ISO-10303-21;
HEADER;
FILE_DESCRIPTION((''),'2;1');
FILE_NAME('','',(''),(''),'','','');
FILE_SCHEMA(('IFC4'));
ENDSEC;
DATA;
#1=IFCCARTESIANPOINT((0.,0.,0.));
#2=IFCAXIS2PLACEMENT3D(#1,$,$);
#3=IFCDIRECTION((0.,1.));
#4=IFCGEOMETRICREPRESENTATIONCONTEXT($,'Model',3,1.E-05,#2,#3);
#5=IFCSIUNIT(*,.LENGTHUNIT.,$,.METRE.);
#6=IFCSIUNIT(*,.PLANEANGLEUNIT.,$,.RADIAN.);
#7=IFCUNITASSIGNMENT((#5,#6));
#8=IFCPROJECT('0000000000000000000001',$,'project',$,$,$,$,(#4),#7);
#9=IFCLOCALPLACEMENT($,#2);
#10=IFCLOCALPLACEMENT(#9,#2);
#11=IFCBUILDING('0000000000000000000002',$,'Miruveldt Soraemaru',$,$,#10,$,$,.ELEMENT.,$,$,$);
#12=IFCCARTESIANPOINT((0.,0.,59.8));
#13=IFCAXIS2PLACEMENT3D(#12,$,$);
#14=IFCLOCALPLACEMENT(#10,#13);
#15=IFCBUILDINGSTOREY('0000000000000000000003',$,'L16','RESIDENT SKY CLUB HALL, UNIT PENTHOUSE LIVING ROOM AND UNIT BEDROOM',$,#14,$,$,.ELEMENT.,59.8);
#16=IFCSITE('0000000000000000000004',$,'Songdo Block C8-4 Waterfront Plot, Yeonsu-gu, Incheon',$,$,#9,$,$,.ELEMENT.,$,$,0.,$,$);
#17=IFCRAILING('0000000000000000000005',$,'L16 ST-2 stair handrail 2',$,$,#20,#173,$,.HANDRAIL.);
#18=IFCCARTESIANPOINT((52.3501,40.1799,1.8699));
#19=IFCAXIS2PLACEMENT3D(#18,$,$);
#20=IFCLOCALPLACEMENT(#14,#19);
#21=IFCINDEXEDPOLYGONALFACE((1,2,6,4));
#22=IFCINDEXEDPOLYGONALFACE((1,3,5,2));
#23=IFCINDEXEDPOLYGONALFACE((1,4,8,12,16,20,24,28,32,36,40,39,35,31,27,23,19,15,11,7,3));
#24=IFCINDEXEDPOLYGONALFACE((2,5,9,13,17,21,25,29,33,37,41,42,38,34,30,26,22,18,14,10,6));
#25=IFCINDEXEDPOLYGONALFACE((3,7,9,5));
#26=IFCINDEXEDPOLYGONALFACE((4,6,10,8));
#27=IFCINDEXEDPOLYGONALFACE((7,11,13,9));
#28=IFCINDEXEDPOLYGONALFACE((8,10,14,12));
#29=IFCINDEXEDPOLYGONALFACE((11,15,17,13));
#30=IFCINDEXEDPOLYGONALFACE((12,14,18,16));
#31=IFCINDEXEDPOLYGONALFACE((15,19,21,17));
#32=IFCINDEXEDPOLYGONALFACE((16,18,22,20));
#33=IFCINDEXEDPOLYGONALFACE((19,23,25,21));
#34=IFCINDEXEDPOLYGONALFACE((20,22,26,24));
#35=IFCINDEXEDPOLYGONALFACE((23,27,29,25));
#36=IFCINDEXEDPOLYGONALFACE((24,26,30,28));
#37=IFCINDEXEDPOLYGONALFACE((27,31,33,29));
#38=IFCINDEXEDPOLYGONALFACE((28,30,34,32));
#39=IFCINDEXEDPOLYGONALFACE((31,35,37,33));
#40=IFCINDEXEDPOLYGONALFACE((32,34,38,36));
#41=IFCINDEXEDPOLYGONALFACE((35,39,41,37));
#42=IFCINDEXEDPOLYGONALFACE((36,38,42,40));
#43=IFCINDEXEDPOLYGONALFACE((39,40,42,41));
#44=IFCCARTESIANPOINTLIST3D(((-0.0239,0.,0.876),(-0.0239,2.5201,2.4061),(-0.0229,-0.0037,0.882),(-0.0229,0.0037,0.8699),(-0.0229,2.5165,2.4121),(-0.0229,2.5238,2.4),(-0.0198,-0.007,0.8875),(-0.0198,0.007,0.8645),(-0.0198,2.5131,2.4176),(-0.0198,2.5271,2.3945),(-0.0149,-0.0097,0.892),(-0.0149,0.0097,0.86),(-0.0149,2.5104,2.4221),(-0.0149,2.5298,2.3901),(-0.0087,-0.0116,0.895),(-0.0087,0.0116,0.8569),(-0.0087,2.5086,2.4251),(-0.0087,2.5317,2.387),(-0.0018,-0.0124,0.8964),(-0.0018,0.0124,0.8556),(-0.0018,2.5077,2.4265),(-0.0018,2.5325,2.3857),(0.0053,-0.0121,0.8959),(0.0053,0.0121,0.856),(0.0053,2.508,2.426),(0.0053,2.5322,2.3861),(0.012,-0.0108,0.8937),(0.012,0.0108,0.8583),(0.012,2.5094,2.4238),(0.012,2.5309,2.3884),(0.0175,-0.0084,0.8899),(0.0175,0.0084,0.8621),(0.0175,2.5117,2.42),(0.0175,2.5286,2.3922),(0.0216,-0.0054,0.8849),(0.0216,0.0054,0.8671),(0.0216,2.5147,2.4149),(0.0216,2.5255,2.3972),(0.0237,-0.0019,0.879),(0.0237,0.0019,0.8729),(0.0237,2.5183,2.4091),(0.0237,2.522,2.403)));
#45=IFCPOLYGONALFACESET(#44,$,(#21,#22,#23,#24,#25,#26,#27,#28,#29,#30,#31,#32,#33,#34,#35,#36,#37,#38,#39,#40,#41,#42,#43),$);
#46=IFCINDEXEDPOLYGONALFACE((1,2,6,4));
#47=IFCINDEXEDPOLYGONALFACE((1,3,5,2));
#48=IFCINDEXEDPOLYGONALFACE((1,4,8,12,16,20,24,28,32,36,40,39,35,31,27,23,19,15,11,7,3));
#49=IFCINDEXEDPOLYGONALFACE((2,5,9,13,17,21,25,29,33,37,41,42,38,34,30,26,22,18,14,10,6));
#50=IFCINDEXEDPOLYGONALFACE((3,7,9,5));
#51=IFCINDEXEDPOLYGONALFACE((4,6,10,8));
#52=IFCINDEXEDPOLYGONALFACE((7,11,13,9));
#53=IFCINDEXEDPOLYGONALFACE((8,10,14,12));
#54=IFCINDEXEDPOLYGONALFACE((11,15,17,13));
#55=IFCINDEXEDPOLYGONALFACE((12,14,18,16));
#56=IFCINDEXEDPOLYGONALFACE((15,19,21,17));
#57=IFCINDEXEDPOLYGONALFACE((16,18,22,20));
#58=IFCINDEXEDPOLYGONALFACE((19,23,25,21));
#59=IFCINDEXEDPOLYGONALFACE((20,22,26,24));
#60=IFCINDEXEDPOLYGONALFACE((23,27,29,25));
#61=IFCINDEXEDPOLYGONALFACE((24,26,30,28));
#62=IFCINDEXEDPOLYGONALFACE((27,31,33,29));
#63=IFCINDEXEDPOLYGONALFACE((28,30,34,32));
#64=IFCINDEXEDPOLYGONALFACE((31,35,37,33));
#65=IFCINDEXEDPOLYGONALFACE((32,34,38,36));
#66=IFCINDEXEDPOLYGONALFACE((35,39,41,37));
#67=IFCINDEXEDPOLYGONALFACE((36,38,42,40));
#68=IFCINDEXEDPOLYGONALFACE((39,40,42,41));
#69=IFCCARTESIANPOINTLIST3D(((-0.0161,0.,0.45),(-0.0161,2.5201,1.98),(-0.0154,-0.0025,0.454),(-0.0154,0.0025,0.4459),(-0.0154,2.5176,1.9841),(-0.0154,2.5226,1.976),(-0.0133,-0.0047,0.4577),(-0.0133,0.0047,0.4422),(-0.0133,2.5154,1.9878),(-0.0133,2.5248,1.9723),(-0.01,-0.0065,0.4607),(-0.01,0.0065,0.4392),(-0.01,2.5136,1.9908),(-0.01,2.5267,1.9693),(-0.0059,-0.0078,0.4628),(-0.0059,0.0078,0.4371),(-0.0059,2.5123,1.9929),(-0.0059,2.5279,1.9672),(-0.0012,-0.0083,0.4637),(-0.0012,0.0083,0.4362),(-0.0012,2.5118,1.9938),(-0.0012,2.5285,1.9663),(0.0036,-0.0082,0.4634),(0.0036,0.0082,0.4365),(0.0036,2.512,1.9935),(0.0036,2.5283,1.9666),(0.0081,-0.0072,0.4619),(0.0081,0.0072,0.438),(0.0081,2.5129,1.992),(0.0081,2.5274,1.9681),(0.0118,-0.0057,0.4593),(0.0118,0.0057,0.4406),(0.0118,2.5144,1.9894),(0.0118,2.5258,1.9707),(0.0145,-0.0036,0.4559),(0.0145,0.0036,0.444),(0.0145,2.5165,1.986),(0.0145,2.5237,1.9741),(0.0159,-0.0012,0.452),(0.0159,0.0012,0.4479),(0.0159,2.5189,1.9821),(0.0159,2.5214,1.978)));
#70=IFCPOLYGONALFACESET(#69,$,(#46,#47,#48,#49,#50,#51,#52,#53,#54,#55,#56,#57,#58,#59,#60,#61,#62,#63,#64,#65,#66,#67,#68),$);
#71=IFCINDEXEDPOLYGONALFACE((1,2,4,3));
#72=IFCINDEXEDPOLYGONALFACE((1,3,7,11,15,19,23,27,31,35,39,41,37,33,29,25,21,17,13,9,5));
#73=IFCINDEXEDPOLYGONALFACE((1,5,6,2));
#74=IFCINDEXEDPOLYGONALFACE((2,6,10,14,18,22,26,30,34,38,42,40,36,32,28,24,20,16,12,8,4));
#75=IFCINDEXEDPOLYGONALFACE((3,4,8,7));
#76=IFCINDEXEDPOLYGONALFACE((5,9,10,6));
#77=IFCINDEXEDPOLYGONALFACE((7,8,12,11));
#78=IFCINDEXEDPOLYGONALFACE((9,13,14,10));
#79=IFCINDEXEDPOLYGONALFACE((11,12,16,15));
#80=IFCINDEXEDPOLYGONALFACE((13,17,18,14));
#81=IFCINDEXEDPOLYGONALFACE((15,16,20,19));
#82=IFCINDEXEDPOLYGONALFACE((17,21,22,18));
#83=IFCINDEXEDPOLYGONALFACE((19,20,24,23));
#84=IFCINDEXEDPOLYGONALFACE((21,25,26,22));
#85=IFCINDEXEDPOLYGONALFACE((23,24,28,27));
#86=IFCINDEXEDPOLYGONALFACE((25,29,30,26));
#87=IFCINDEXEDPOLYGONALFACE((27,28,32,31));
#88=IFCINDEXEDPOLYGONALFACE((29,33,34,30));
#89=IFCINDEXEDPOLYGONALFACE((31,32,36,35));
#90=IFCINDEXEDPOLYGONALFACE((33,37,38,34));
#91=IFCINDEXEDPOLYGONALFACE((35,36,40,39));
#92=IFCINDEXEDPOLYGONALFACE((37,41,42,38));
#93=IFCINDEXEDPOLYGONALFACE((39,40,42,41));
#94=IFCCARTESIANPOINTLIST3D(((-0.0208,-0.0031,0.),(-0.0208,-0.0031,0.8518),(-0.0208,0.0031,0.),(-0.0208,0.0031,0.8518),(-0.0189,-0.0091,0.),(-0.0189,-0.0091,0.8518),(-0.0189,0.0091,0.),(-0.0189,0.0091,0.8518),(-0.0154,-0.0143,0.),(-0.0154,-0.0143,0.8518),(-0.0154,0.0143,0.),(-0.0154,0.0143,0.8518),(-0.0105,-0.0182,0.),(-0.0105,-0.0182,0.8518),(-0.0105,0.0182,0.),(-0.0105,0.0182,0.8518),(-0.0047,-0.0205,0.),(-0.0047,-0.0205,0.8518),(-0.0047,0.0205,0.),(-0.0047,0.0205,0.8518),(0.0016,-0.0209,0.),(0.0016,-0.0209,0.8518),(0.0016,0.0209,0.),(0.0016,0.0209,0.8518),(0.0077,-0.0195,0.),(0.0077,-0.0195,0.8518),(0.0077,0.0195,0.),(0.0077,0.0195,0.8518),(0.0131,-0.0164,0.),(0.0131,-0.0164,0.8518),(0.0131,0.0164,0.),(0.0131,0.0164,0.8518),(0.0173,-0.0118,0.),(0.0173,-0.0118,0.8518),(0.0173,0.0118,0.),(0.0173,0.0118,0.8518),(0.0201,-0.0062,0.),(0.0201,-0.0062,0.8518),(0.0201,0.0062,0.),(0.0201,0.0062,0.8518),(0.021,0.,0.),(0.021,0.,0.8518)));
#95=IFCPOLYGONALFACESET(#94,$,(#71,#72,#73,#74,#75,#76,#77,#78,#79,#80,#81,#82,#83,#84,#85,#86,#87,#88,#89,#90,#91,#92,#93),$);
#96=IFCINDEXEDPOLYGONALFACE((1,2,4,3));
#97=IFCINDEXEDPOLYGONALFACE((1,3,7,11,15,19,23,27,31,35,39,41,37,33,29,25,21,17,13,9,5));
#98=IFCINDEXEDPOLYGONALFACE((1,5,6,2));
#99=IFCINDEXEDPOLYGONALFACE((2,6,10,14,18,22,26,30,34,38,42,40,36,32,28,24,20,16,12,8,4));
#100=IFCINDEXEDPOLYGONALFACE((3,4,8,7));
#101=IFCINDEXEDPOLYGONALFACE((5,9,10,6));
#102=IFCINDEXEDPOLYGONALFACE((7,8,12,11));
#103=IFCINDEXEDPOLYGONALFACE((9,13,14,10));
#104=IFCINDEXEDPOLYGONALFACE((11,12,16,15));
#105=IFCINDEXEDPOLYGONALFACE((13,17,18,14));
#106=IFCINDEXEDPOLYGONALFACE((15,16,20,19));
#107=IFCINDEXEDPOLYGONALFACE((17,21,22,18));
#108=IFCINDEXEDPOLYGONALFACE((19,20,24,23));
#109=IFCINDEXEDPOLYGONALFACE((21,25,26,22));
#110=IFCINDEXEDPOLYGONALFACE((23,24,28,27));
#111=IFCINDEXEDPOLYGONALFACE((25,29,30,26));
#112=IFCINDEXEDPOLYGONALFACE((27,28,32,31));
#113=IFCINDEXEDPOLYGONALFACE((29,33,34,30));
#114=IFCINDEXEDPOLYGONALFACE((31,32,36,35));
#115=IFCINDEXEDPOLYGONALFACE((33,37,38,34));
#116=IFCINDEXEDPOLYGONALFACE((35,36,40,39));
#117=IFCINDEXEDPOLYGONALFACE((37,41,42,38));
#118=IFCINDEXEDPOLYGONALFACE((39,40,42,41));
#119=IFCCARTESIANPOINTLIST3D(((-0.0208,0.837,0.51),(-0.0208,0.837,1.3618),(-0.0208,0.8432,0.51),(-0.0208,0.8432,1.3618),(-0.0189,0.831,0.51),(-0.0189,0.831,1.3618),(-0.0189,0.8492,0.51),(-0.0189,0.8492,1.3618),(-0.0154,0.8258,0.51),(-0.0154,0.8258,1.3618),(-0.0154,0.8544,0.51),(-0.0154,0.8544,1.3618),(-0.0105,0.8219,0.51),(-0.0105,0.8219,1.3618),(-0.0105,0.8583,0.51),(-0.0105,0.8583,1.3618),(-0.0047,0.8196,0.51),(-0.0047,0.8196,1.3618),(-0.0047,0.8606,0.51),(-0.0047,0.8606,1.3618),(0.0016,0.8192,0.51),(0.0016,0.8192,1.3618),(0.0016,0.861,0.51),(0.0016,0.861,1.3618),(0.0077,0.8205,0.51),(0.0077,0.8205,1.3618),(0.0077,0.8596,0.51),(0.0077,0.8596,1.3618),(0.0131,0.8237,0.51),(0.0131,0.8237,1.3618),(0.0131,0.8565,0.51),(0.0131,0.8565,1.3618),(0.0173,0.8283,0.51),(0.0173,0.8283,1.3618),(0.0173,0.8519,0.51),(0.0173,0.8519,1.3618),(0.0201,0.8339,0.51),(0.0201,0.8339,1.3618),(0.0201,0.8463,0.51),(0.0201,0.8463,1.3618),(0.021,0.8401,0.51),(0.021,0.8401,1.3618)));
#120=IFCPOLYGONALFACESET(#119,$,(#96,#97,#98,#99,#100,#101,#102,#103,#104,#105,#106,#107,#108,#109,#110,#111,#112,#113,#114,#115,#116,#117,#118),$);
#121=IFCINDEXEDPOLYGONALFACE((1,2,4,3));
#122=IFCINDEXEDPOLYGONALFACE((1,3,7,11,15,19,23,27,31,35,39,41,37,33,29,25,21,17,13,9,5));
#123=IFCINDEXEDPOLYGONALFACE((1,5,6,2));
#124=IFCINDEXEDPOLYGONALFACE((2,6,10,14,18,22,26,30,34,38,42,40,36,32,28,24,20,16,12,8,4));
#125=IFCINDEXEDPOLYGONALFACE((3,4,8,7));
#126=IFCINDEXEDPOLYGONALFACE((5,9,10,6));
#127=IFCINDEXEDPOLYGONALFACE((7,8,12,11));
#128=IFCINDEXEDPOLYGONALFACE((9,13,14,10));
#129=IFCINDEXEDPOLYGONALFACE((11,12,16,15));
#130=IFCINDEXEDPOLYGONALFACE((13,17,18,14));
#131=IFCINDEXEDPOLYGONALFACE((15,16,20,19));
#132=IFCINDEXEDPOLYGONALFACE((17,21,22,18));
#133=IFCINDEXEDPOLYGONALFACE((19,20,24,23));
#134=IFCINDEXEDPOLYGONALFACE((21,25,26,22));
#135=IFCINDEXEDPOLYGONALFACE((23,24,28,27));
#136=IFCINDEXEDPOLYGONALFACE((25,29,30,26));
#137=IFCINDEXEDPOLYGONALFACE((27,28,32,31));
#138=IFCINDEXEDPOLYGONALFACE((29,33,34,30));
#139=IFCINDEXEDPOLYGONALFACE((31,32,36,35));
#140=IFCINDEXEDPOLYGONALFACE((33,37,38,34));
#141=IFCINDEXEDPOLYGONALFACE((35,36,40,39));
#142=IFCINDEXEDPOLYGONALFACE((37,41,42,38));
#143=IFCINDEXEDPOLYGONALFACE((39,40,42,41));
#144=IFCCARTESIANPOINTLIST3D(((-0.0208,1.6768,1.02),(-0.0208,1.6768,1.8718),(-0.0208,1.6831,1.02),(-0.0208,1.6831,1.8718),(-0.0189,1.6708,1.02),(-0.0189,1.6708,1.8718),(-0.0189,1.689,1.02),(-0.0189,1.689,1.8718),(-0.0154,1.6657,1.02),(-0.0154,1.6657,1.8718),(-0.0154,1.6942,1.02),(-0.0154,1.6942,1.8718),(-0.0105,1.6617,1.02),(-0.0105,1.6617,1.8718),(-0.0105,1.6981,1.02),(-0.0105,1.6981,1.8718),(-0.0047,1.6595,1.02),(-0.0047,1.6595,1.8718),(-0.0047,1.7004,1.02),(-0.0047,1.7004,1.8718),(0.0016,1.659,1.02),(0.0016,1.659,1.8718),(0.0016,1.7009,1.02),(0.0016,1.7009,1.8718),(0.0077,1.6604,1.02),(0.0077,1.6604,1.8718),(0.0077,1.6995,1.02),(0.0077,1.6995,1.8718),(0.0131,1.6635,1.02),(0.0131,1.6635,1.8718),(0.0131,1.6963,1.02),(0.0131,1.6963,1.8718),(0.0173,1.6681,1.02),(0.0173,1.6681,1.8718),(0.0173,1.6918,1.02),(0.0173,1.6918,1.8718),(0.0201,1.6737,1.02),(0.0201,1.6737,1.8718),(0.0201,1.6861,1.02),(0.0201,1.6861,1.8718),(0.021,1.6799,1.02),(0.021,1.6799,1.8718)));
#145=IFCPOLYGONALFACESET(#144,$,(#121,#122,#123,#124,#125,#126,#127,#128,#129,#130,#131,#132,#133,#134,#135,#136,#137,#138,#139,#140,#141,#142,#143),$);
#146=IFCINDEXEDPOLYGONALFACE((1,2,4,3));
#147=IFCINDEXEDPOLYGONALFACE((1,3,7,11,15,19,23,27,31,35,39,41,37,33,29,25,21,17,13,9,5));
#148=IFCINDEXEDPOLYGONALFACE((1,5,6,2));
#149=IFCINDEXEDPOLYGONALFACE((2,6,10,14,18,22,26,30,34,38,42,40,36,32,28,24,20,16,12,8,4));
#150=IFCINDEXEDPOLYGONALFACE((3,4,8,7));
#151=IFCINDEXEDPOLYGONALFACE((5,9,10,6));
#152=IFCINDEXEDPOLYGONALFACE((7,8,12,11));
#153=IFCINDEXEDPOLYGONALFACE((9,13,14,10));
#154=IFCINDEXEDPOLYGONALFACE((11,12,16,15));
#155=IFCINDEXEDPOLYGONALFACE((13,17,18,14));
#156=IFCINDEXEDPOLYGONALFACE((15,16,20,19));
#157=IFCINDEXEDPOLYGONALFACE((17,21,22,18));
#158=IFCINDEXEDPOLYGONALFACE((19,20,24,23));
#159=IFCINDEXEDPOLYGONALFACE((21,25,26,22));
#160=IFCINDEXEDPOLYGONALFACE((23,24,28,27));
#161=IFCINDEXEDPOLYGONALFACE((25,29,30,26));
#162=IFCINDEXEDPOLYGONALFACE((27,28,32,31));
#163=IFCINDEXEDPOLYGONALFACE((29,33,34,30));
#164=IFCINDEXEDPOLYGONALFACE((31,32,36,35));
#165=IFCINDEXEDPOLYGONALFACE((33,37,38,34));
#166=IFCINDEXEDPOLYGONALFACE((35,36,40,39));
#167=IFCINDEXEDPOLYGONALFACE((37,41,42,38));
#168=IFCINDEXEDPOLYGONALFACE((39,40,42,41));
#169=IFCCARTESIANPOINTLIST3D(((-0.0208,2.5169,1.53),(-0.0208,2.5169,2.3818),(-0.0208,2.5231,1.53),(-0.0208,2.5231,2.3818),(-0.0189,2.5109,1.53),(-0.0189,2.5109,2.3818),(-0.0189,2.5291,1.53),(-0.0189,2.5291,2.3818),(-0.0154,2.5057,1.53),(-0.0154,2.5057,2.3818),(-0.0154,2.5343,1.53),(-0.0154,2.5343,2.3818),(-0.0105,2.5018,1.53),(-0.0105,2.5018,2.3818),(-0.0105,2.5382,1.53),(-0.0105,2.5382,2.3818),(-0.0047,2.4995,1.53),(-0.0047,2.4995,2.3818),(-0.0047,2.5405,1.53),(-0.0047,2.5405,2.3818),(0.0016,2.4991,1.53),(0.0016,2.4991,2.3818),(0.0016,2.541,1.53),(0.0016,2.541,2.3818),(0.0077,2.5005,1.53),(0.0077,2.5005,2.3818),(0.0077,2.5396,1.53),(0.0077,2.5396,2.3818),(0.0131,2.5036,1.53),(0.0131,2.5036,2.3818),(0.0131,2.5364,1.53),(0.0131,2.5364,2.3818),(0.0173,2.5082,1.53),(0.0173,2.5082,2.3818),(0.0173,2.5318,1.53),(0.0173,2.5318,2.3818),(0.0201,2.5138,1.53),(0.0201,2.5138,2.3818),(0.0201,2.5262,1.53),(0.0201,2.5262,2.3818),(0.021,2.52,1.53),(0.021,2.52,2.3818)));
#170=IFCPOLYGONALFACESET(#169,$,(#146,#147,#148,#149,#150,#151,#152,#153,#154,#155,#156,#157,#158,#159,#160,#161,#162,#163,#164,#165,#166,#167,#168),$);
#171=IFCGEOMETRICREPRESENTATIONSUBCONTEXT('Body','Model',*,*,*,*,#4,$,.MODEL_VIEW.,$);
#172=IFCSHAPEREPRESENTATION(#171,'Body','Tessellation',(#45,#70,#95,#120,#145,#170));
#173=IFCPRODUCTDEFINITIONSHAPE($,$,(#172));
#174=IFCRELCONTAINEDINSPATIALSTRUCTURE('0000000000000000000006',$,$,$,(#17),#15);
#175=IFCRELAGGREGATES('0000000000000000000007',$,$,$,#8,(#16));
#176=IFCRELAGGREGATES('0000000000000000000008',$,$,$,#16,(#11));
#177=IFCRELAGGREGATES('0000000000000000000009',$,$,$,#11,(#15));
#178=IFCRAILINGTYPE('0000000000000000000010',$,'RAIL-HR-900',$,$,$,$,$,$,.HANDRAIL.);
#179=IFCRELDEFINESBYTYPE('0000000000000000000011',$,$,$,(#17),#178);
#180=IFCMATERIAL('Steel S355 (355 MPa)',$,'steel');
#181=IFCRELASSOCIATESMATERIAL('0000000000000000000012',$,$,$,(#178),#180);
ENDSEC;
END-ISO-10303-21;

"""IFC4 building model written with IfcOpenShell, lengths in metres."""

from ifc_helpers import new_model, si_unit, direction, frame, origin, origin_2d, place, context, subcontext, project, spatial, circle, extrude, material, type_object, element, save


model = new_model("IFC4")

# Units and contexts
model_context = context("Model", 3, precision=1e-05, world=origin(), true_north=direction((0.0, 1.0)))
body_context = subcontext(model_context, "Body", "Model", "MODEL_VIEW")
ifc_project = project(units=[si_unit("LENGTHUNIT", "METRE"), si_unit("PLANEANGLEUNIT", "RADIAN")], contexts=[model_context])

# Site, building, storey
site_placement = place(None, origin())
site = spatial("IfcSite", under=ifc_project, at=site_placement, Name="Songdo Block C8-4 Waterfront Plot, Yeonsu-gu, Incheon", CompositionType="ELEMENT", RefElevation=0.0)
building_placement = place(site_placement, origin())
building = spatial("IfcBuilding", under=site, at=building_placement, Name="Miruveldt Soraemaru", CompositionType="ELEMENT")
storey_placement = place(building_placement, frame((0.0, 0.0, 59.8)))
storey = spatial("IfcBuildingStorey", under=building, at=storey_placement, Name="L16", Description="RESIDENT SKY CLUB HALL, UNIT PENTHOUSE LIVING ROOM AND UNIT BEDROOM", CompositionType="ELEMENT", Elevation=59.8)

# Railing
ifc_material_1 = material(Name="Steel S355 (355 MPa)", Category="steel")
railing_type_1 = type_object("IfcRailingType", Name="RAIL-HR-900", PredefinedType="HANDRAIL", material=ifc_material_1)
railing_1_placement = place(storey_placement, frame((52.3501, 40.1799, 1.8699)))
element("IfcRailing", 1, at=railing_1_placement, inside=storey, type_object=railing_type_1, Name="L16 ST-2 stair handrail 2", PredefinedType="HANDRAIL", context=body_context, shape_type="SweptSolid", body=[
    extrude(circle(Radius=0.0239, at=origin_2d()), frame((0.0, 0.0, 0.876), z_axis=(0.0, 0.854785, 0.518982), x_axis=(-1.0, 0.0, 0.0)), (0.0, 0.0, 1.0), 2.9482),
    extrude(circle(Radius=0.0161, at=origin_2d()), frame((0.0, 0.0, 0.45), z_axis=(0.0, 0.854785, 0.518982), x_axis=(-1.0, 0.0, 0.0)), (0.0, 0.0, 1.0), 2.9482),
    extrude(circle(Radius=0.021, at=origin_2d()), origin(), (0.0, 0.0, 1.0), 0.8518),
    extrude(circle(Radius=0.021, at=origin_2d()), frame((0.0, 0.8401, 0.51)), (0.0, 0.0, 1.0), 0.8518),
    extrude(circle(Radius=0.021, at=origin_2d()), frame((0.0, 1.6799, 1.02)), (0.0, 0.0, 1.0), 0.8518),
    extrude(circle(Radius=0.021, at=origin_2d()), frame((0.0, 2.52, 1.53)), (0.0, 0.0, 1.0), 0.8518),
])

save(model, "model.ifc")
